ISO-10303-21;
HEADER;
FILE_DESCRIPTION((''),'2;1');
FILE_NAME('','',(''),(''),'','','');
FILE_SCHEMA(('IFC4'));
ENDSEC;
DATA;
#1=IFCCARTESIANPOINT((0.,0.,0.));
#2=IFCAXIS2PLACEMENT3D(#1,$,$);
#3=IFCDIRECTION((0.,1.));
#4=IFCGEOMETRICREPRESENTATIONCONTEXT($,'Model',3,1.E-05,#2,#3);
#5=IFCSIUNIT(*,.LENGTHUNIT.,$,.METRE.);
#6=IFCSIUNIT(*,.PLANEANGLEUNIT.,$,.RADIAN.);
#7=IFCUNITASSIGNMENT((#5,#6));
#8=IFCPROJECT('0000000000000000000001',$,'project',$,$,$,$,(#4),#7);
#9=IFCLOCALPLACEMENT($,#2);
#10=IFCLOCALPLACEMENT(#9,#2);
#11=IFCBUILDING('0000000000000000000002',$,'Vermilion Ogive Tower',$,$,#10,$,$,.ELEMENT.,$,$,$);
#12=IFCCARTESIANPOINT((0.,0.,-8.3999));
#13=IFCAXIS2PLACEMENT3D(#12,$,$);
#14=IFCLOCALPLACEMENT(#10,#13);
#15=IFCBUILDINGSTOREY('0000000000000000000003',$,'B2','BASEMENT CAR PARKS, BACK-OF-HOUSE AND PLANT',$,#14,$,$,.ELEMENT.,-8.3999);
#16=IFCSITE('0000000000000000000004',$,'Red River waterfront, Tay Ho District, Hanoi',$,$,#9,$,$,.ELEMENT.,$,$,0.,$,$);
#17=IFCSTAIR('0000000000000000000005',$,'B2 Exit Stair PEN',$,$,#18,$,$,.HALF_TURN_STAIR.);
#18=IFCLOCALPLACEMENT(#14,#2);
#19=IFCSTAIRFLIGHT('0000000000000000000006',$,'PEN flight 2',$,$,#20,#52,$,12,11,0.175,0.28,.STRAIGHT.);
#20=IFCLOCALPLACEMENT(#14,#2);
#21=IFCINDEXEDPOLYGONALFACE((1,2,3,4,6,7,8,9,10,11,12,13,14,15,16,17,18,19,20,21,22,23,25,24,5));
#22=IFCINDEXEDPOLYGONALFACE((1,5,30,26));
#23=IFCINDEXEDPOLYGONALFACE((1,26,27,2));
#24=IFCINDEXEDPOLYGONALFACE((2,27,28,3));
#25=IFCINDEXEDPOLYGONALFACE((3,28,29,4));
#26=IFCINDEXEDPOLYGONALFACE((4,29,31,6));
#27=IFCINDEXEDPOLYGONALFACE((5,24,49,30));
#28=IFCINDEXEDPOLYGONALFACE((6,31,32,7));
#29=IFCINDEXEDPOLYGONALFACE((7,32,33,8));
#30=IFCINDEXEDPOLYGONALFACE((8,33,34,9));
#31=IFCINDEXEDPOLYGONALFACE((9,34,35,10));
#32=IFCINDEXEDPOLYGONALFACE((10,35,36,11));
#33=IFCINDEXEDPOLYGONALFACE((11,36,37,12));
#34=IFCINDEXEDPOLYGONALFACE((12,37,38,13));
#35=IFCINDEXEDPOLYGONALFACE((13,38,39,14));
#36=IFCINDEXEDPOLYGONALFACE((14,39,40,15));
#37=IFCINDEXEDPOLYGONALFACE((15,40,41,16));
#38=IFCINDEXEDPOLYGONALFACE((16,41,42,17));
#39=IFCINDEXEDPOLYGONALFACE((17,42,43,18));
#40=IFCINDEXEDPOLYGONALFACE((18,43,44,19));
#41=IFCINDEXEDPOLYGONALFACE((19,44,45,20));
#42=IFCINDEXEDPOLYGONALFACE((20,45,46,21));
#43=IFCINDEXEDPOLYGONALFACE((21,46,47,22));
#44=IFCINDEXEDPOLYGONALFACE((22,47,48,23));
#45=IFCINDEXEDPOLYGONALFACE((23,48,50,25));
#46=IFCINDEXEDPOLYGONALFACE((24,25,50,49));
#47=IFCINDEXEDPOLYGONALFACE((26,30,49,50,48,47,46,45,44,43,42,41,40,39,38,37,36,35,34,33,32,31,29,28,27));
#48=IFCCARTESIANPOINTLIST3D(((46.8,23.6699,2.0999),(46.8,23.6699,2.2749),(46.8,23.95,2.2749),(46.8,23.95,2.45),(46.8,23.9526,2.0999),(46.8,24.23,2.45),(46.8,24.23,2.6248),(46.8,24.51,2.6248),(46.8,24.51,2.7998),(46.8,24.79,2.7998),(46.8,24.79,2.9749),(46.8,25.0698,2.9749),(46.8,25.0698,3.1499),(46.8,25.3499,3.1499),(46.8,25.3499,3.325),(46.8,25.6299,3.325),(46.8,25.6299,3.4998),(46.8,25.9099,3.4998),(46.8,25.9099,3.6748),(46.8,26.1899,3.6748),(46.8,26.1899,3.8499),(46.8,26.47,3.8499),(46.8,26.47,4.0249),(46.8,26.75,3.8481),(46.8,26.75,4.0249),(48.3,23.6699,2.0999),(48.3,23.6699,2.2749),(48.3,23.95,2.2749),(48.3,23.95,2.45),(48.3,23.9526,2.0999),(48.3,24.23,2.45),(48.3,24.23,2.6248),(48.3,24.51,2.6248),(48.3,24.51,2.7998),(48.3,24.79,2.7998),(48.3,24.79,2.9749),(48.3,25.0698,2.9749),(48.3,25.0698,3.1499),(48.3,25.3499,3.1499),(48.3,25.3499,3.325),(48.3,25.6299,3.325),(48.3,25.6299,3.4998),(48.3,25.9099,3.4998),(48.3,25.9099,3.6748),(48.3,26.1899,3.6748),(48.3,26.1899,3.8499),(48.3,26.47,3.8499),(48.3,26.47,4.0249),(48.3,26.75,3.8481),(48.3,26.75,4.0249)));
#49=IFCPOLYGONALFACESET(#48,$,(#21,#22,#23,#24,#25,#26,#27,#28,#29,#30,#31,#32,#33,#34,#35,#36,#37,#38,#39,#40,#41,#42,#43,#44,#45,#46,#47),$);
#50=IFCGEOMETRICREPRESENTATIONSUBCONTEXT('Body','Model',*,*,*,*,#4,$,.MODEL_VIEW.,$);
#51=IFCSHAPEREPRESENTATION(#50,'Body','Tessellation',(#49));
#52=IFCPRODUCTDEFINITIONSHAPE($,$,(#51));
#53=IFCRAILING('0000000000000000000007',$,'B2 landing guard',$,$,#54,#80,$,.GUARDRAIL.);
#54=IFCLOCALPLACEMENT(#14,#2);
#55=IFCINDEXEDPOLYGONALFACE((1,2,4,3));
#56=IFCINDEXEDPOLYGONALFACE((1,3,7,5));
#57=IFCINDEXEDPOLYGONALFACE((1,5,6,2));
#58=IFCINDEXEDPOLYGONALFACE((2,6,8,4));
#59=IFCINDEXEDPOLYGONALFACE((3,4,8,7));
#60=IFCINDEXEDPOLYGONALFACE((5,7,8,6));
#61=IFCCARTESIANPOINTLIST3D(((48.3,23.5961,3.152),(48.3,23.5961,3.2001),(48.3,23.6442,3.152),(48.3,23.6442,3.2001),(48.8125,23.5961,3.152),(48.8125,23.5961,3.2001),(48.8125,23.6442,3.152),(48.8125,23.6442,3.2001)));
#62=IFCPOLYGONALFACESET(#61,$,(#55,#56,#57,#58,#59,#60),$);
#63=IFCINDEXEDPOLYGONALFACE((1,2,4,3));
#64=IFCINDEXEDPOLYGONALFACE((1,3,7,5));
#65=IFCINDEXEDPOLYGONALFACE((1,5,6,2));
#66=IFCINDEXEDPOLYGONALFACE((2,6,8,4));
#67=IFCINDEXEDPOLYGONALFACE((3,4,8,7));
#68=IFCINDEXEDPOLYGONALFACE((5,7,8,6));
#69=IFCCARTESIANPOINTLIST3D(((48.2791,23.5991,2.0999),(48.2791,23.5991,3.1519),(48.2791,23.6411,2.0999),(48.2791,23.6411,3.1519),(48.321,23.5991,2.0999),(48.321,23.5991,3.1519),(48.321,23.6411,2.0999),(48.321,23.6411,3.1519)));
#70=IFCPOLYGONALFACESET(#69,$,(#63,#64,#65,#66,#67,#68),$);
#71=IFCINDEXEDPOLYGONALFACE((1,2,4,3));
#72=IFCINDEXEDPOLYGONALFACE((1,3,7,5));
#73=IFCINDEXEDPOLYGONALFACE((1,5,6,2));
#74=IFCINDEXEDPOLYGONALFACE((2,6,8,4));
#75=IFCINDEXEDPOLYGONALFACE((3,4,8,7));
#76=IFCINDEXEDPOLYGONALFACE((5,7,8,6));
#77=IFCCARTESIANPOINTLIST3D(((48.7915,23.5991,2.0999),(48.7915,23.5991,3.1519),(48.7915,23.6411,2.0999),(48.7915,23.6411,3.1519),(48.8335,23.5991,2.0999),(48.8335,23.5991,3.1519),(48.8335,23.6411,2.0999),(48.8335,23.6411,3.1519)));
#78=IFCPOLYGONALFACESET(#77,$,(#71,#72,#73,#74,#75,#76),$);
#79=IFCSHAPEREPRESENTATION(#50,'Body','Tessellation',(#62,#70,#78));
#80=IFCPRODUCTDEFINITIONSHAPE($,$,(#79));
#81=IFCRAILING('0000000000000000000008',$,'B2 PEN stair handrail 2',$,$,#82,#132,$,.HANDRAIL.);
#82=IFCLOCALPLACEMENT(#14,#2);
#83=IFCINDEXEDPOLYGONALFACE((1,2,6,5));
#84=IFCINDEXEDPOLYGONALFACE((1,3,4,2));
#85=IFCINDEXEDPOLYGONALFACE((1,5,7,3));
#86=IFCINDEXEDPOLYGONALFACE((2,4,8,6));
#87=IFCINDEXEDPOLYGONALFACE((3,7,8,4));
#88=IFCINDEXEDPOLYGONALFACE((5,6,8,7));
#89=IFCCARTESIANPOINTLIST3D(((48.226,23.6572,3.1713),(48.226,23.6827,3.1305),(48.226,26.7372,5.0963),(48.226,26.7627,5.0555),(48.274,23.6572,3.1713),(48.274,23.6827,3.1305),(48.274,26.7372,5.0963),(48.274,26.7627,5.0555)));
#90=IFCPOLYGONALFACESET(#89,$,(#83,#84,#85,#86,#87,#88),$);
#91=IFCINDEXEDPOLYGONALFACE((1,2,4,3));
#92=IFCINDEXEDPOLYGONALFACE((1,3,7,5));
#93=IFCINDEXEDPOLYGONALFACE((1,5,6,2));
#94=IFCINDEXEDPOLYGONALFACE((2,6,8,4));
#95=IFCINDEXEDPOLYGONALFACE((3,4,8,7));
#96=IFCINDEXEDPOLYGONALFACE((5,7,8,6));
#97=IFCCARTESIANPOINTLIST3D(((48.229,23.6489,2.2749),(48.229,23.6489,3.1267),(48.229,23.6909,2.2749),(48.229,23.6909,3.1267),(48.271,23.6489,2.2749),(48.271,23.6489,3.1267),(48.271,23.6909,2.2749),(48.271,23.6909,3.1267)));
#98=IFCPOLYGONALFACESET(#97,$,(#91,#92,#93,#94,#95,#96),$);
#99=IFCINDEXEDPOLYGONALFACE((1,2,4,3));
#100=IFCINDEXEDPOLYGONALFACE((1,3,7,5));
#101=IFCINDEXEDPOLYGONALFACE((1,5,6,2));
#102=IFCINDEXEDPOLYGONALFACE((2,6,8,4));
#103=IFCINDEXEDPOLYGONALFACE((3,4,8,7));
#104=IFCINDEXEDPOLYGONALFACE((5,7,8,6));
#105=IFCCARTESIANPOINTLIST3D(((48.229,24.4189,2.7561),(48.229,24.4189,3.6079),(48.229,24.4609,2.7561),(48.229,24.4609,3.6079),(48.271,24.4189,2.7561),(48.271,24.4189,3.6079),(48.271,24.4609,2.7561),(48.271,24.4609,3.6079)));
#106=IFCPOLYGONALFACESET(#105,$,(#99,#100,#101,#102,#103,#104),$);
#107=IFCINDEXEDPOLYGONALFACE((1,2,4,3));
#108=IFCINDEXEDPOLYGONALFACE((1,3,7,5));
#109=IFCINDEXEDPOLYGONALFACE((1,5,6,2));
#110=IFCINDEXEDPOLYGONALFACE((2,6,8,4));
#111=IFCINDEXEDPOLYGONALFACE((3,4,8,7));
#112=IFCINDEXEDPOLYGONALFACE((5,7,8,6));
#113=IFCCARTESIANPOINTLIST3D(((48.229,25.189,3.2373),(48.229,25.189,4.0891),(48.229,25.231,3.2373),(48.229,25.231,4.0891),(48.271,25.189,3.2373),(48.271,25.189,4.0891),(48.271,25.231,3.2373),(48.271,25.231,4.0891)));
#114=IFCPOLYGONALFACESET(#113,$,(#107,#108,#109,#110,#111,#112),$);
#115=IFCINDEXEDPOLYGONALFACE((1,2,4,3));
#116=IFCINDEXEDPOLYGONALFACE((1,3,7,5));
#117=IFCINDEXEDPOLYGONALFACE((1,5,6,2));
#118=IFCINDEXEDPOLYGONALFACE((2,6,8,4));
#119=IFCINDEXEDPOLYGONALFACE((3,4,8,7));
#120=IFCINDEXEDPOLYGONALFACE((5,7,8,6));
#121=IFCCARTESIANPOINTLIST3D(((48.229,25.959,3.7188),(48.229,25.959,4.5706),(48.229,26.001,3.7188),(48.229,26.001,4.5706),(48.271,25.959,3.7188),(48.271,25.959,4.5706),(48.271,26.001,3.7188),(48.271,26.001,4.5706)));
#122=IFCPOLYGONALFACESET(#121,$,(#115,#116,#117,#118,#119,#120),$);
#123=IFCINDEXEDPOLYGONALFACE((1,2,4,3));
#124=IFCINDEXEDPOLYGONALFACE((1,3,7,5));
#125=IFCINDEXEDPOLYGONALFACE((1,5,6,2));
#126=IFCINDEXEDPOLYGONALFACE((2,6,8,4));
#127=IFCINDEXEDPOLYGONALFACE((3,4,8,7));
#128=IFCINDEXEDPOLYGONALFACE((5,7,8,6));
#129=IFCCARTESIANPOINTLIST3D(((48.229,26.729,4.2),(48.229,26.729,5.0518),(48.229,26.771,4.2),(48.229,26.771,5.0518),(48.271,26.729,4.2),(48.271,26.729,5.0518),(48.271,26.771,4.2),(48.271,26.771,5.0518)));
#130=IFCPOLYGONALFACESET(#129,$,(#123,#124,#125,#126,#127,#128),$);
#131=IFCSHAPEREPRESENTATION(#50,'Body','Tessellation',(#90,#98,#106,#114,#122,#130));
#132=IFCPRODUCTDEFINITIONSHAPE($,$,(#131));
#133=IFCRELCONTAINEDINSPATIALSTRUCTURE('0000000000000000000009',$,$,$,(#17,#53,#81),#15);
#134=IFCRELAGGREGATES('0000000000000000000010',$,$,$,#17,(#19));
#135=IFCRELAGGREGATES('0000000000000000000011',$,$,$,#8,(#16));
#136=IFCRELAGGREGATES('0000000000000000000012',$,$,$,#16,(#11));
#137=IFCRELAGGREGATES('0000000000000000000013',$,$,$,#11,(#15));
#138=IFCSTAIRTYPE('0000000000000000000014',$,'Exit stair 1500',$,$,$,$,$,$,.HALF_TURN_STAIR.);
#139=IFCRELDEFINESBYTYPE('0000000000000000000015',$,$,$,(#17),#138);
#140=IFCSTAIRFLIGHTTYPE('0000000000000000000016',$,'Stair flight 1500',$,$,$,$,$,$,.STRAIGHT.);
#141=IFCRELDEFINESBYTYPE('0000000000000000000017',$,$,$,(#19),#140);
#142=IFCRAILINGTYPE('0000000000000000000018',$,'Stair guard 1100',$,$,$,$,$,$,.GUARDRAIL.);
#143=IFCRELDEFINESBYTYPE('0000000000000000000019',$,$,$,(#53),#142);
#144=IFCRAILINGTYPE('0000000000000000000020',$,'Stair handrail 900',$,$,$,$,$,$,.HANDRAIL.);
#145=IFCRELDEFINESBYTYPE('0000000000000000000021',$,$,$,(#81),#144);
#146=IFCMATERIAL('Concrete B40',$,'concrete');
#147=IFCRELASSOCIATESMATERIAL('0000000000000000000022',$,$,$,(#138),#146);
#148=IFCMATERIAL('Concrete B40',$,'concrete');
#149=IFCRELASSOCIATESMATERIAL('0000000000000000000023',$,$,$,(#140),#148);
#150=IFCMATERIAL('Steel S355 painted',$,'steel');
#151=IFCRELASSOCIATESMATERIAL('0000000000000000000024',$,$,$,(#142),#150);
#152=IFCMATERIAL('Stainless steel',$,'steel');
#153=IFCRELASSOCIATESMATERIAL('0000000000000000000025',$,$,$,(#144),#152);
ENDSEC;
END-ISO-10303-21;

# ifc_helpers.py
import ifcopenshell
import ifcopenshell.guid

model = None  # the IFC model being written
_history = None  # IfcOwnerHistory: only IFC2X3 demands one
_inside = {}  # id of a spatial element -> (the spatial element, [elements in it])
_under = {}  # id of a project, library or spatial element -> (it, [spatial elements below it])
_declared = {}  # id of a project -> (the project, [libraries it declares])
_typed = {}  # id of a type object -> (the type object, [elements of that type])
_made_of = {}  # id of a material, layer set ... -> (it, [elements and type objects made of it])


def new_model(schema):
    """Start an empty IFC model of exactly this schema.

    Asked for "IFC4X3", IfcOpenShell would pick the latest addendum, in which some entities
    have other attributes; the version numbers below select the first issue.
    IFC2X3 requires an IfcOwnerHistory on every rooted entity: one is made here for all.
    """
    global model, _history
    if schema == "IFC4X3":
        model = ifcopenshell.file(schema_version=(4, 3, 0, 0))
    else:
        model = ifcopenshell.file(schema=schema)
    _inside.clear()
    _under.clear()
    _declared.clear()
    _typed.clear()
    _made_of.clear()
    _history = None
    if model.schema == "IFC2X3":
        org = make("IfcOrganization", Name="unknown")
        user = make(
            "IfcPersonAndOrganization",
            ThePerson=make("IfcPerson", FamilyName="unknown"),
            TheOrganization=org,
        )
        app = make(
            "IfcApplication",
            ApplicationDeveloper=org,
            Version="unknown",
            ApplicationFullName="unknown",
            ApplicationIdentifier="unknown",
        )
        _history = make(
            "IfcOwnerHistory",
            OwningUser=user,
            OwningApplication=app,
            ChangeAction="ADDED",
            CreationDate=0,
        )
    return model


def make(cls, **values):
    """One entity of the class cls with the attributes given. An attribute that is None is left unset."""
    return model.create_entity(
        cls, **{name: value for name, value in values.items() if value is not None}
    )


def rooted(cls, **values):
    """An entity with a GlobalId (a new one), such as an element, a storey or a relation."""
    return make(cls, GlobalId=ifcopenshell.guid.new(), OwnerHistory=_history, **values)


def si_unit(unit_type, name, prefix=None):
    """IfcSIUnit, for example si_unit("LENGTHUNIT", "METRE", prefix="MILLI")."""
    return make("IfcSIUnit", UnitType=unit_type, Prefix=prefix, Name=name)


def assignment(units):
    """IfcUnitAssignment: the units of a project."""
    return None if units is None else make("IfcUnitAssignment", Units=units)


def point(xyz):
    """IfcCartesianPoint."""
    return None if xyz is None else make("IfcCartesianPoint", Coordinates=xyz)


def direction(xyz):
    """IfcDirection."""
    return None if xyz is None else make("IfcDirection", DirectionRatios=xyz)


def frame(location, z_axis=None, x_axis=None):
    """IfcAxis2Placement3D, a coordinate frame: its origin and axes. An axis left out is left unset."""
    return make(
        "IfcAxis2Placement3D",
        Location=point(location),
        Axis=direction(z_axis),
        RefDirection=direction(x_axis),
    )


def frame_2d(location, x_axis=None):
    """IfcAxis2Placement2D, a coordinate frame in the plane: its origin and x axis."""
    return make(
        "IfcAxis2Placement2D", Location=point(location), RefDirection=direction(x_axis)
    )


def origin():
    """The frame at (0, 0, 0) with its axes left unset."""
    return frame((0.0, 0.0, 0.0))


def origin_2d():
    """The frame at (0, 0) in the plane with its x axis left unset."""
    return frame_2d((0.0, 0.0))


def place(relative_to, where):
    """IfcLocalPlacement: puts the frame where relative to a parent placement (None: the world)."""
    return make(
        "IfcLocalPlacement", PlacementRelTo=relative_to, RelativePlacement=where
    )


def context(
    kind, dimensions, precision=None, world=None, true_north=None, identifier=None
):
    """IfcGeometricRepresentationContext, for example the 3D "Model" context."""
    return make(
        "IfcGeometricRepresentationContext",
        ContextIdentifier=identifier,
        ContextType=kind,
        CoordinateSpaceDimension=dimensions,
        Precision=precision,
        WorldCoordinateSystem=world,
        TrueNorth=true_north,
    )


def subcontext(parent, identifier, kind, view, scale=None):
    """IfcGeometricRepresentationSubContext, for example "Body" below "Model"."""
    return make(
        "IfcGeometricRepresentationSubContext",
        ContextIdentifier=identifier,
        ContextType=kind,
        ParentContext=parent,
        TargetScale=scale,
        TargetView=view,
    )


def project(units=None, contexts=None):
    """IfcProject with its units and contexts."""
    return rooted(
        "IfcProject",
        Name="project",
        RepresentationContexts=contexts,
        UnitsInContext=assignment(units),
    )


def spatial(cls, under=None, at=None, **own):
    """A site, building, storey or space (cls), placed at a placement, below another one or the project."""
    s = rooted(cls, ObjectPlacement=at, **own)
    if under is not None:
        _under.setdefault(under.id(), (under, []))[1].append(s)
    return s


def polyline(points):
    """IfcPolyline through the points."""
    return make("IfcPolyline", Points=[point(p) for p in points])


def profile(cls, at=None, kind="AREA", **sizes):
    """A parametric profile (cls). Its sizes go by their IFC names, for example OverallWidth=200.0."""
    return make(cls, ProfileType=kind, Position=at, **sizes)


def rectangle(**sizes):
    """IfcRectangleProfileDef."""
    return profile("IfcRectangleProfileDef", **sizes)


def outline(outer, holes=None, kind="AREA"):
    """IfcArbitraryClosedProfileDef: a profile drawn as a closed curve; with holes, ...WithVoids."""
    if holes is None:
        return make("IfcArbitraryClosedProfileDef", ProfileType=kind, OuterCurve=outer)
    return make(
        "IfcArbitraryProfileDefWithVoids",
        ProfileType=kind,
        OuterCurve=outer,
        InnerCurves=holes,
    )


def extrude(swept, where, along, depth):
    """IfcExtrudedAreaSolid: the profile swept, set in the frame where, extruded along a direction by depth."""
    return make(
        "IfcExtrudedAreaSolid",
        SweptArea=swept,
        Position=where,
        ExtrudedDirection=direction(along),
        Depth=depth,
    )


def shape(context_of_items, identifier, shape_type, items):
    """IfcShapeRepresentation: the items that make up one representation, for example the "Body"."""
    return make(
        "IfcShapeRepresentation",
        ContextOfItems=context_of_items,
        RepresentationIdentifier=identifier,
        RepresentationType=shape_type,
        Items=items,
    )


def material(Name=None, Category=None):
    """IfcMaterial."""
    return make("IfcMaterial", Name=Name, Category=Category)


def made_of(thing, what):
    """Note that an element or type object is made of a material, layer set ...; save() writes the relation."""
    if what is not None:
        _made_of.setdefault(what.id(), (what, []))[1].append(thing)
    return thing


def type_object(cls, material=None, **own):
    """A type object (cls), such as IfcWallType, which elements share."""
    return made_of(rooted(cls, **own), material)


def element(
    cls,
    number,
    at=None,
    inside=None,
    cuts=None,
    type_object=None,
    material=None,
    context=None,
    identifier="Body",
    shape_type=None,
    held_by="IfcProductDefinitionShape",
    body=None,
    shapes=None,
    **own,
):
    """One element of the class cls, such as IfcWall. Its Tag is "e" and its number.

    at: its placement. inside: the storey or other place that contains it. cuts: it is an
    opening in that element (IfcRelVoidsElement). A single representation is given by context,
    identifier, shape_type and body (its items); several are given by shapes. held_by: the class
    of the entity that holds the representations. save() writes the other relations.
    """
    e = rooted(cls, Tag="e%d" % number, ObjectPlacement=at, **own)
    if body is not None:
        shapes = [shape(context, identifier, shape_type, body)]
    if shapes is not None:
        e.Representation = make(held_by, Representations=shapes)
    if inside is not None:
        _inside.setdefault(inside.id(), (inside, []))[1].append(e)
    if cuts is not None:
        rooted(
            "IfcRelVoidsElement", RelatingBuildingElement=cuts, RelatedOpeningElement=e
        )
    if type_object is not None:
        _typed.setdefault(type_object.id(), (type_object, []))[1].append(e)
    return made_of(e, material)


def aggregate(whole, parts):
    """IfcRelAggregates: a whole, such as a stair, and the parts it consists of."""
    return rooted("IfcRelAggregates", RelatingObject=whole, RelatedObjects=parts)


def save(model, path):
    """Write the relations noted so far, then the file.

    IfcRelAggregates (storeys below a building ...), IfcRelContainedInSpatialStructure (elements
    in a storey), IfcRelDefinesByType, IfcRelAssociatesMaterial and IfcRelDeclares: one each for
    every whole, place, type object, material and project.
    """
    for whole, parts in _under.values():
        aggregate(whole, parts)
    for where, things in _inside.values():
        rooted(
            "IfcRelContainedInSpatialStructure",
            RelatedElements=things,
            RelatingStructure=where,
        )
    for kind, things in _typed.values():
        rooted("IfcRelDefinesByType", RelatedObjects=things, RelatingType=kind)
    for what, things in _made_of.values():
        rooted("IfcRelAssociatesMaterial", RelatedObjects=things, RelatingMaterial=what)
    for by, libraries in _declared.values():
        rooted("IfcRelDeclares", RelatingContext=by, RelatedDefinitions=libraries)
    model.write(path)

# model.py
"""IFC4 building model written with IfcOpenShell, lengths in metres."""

from ifc_helpers import new_model, si_unit, direction, frame, origin, origin_2d, place, context, subcontext, project, spatial, polyline, rectangle, outline, extrude, material, type_object, element, aggregate, save


model = new_model("IFC4")

# Units and contexts
model_context = context("Model", 3, precision=1e-05, world=origin(), true_north=direction((0.0, 1.0)))
body_context = subcontext(model_context, "Body", "Model", "MODEL_VIEW")
ifc_project = project(units=[si_unit("LENGTHUNIT", "METRE"), si_unit("PLANEANGLEUNIT", "RADIAN")], contexts=[model_context])

# Site, building, storey
site_placement = place(None, origin())
site = spatial("IfcSite", under=ifc_project, at=site_placement, Name="Red River waterfront, Tay Ho District, Hanoi", CompositionType="ELEMENT", RefElevation=0.0)
building_placement = place(site_placement, origin())
building = spatial("IfcBuilding", under=site, at=building_placement, Name="Vermilion Ogive Tower", CompositionType="ELEMENT")
storey_placement = place(building_placement, frame((0.0, 0.0, -8.3999)))
storey = spatial("IfcBuildingStorey", under=building, at=storey_placement, Name="B2", Description="BASEMENT CAR PARKS, BACK-OF-HOUSE AND PLANT", CompositionType="ELEMENT", Elevation=-8.3999)

# Stair, stair flight
ifc_material_1 = material(Name="Concrete B40", Category="concrete")
stair_type = type_object("IfcStairType", Name="Exit stair 1500", PredefinedType="HALF_TURN_STAIR", material=ifc_material_1)
stair_placement = place(storey_placement, origin())
stair = element("IfcStair", 1, at=stair_placement, inside=storey, type_object=stair_type, Name="B2 Exit Stair PEN", PredefinedType="HALF_TURN_STAIR")
ifc_material_2 = material(Name="Concrete B40", Category="concrete")
stair_flight_type = type_object("IfcStairFlightType", Name="Stair flight 1500", PredefinedType="STRAIGHT", material=ifc_material_2)
stair_flight_placement = place(storey_placement, frame((47.55, 23.6699, 2.0999), z_axis=(0.0, 0.0, 1.0), x_axis=(0.0, 1.0, 0.0)))
stair_flight = element("IfcStairFlight", 2, at=stair_flight_placement, type_object=stair_flight_type, Name="PEN flight 2", NumberOfRisers=12, NumberOfTreads=11, PredefinedType="STRAIGHT", RiserHeight=0.175, TreadLength=0.28, context=body_context, shape_type="SweptSolid", body=[
    extrude(outline(polyline([(0.0, 0.0), (0.0, 0.175), (0.28, 0.175), (0.28, 0.3501), (0.5601, 0.3501), (0.5601, 0.5249), (0.8401, 0.5249), (0.8401, 0.7), (1.1201, 0.7), (1.1201, 0.875), (1.3999, 0.875), (1.3999, 1.05), (1.6799, 1.05), (1.6799, 1.2251), (1.96, 1.2251), (1.96, 1.3999), (2.24, 1.3999), (2.24, 1.575), (2.52, 1.575), (2.52, 1.75), (2.8, 1.75), (2.8, 1.925), (3.0801, 1.925), (3.0801, 2.1001), (3.0801, 1.7483), (0.2827, 0.0), (0.0, 0.0)])), frame((0.0, 0.75, 0.0), z_axis=(0.0, -1.0, 0.0), x_axis=(1.0, 0.0, 0.0)), (0.0, 0.0, 1.0), 1.5),
])
aggregate(stair, [stair_flight])

# Railings
ifc_material_3 = material(Name="Steel S355 painted", Category="steel")
railing_type_1 = type_object("IfcRailingType", Name="Stair guard 1100", PredefinedType="GUARDRAIL", material=ifc_material_3)
railing_1_placement = place(storey_placement, frame((48.3, 23.6201, 2.0999)))
element("IfcRailing", 3, at=railing_1_placement, inside=storey, type_object=railing_type_1, Name="B2 landing guard", PredefinedType="GUARDRAIL", context=body_context, shape_type="SweptSolid", body=[
    extrude(rectangle(XDim=0.0481, YDim=0.0481, at=origin_2d()), frame((0.0, 0.0, 1.0762), z_axis=(1.0, 0.0, 0.0), x_axis=(0.0, 1.0, 0.0)), (0.0, 0.0, 1.0), 0.5125),
    extrude(rectangle(XDim=0.042, YDim=0.042, at=origin_2d()), origin(), (0.0, 0.0, 1.0), 1.052),
    extrude(rectangle(XDim=0.042, YDim=0.042, at=origin_2d()), frame((0.5125, 0.0, 0.0)), (0.0, 0.0, 1.0), 1.052),
])
ifc_material_4 = material(Name="Stainless steel", Category="steel")
railing_type_2 = type_object("IfcRailingType", Name="Stair handrail 900", PredefinedType="HANDRAIL", material=ifc_material_4)
railing_2_placement = place(storey_placement, frame((48.25, 23.6699, 2.2749)))
element("IfcRailing", 4, at=railing_2_placement, inside=storey, type_object=railing_type_2, Name="B2 PEN stair handrail 2", PredefinedType="HANDRAIL", context=body_context, shape_type="SweptSolid", body=[
    extrude(rectangle(XDim=0.0481, YDim=0.0481, at=origin_2d()), frame((0.0, 0.0, 0.876), z_axis=(0.0, 0.847998, 0.529999), x_axis=(-1.0, 0.0, 0.0)), (0.0, 0.0, 1.0), 3.6321),
    extrude(rectangle(XDim=0.042, YDim=0.042, at=origin_2d()), origin(), (0.0, 0.0, 1.0), 0.8518),
    extrude(rectangle(XDim=0.042, YDim=0.042, at=origin_2d()), frame((0.0, 0.77, 0.4812)), (0.0, 0.0, 1.0), 0.8518),
    extrude(rectangle(XDim=0.042, YDim=0.042, at=origin_2d()), frame((0.0, 1.54, 0.9624)), (0.0, 0.0, 1.0), 0.8518),
    extrude(rectangle(XDim=0.042, YDim=0.042, at=origin_2d()), frame((0.0, 2.3101, 1.4438)), (0.0, 0.0, 1.0), 0.8518),
    extrude(rectangle(XDim=0.042, YDim=0.042, at=origin_2d()), frame((0.0, 3.0801, 1.925)), (0.0, 0.0, 1.0), 0.8518),
])

save(model, "model.ifc")
